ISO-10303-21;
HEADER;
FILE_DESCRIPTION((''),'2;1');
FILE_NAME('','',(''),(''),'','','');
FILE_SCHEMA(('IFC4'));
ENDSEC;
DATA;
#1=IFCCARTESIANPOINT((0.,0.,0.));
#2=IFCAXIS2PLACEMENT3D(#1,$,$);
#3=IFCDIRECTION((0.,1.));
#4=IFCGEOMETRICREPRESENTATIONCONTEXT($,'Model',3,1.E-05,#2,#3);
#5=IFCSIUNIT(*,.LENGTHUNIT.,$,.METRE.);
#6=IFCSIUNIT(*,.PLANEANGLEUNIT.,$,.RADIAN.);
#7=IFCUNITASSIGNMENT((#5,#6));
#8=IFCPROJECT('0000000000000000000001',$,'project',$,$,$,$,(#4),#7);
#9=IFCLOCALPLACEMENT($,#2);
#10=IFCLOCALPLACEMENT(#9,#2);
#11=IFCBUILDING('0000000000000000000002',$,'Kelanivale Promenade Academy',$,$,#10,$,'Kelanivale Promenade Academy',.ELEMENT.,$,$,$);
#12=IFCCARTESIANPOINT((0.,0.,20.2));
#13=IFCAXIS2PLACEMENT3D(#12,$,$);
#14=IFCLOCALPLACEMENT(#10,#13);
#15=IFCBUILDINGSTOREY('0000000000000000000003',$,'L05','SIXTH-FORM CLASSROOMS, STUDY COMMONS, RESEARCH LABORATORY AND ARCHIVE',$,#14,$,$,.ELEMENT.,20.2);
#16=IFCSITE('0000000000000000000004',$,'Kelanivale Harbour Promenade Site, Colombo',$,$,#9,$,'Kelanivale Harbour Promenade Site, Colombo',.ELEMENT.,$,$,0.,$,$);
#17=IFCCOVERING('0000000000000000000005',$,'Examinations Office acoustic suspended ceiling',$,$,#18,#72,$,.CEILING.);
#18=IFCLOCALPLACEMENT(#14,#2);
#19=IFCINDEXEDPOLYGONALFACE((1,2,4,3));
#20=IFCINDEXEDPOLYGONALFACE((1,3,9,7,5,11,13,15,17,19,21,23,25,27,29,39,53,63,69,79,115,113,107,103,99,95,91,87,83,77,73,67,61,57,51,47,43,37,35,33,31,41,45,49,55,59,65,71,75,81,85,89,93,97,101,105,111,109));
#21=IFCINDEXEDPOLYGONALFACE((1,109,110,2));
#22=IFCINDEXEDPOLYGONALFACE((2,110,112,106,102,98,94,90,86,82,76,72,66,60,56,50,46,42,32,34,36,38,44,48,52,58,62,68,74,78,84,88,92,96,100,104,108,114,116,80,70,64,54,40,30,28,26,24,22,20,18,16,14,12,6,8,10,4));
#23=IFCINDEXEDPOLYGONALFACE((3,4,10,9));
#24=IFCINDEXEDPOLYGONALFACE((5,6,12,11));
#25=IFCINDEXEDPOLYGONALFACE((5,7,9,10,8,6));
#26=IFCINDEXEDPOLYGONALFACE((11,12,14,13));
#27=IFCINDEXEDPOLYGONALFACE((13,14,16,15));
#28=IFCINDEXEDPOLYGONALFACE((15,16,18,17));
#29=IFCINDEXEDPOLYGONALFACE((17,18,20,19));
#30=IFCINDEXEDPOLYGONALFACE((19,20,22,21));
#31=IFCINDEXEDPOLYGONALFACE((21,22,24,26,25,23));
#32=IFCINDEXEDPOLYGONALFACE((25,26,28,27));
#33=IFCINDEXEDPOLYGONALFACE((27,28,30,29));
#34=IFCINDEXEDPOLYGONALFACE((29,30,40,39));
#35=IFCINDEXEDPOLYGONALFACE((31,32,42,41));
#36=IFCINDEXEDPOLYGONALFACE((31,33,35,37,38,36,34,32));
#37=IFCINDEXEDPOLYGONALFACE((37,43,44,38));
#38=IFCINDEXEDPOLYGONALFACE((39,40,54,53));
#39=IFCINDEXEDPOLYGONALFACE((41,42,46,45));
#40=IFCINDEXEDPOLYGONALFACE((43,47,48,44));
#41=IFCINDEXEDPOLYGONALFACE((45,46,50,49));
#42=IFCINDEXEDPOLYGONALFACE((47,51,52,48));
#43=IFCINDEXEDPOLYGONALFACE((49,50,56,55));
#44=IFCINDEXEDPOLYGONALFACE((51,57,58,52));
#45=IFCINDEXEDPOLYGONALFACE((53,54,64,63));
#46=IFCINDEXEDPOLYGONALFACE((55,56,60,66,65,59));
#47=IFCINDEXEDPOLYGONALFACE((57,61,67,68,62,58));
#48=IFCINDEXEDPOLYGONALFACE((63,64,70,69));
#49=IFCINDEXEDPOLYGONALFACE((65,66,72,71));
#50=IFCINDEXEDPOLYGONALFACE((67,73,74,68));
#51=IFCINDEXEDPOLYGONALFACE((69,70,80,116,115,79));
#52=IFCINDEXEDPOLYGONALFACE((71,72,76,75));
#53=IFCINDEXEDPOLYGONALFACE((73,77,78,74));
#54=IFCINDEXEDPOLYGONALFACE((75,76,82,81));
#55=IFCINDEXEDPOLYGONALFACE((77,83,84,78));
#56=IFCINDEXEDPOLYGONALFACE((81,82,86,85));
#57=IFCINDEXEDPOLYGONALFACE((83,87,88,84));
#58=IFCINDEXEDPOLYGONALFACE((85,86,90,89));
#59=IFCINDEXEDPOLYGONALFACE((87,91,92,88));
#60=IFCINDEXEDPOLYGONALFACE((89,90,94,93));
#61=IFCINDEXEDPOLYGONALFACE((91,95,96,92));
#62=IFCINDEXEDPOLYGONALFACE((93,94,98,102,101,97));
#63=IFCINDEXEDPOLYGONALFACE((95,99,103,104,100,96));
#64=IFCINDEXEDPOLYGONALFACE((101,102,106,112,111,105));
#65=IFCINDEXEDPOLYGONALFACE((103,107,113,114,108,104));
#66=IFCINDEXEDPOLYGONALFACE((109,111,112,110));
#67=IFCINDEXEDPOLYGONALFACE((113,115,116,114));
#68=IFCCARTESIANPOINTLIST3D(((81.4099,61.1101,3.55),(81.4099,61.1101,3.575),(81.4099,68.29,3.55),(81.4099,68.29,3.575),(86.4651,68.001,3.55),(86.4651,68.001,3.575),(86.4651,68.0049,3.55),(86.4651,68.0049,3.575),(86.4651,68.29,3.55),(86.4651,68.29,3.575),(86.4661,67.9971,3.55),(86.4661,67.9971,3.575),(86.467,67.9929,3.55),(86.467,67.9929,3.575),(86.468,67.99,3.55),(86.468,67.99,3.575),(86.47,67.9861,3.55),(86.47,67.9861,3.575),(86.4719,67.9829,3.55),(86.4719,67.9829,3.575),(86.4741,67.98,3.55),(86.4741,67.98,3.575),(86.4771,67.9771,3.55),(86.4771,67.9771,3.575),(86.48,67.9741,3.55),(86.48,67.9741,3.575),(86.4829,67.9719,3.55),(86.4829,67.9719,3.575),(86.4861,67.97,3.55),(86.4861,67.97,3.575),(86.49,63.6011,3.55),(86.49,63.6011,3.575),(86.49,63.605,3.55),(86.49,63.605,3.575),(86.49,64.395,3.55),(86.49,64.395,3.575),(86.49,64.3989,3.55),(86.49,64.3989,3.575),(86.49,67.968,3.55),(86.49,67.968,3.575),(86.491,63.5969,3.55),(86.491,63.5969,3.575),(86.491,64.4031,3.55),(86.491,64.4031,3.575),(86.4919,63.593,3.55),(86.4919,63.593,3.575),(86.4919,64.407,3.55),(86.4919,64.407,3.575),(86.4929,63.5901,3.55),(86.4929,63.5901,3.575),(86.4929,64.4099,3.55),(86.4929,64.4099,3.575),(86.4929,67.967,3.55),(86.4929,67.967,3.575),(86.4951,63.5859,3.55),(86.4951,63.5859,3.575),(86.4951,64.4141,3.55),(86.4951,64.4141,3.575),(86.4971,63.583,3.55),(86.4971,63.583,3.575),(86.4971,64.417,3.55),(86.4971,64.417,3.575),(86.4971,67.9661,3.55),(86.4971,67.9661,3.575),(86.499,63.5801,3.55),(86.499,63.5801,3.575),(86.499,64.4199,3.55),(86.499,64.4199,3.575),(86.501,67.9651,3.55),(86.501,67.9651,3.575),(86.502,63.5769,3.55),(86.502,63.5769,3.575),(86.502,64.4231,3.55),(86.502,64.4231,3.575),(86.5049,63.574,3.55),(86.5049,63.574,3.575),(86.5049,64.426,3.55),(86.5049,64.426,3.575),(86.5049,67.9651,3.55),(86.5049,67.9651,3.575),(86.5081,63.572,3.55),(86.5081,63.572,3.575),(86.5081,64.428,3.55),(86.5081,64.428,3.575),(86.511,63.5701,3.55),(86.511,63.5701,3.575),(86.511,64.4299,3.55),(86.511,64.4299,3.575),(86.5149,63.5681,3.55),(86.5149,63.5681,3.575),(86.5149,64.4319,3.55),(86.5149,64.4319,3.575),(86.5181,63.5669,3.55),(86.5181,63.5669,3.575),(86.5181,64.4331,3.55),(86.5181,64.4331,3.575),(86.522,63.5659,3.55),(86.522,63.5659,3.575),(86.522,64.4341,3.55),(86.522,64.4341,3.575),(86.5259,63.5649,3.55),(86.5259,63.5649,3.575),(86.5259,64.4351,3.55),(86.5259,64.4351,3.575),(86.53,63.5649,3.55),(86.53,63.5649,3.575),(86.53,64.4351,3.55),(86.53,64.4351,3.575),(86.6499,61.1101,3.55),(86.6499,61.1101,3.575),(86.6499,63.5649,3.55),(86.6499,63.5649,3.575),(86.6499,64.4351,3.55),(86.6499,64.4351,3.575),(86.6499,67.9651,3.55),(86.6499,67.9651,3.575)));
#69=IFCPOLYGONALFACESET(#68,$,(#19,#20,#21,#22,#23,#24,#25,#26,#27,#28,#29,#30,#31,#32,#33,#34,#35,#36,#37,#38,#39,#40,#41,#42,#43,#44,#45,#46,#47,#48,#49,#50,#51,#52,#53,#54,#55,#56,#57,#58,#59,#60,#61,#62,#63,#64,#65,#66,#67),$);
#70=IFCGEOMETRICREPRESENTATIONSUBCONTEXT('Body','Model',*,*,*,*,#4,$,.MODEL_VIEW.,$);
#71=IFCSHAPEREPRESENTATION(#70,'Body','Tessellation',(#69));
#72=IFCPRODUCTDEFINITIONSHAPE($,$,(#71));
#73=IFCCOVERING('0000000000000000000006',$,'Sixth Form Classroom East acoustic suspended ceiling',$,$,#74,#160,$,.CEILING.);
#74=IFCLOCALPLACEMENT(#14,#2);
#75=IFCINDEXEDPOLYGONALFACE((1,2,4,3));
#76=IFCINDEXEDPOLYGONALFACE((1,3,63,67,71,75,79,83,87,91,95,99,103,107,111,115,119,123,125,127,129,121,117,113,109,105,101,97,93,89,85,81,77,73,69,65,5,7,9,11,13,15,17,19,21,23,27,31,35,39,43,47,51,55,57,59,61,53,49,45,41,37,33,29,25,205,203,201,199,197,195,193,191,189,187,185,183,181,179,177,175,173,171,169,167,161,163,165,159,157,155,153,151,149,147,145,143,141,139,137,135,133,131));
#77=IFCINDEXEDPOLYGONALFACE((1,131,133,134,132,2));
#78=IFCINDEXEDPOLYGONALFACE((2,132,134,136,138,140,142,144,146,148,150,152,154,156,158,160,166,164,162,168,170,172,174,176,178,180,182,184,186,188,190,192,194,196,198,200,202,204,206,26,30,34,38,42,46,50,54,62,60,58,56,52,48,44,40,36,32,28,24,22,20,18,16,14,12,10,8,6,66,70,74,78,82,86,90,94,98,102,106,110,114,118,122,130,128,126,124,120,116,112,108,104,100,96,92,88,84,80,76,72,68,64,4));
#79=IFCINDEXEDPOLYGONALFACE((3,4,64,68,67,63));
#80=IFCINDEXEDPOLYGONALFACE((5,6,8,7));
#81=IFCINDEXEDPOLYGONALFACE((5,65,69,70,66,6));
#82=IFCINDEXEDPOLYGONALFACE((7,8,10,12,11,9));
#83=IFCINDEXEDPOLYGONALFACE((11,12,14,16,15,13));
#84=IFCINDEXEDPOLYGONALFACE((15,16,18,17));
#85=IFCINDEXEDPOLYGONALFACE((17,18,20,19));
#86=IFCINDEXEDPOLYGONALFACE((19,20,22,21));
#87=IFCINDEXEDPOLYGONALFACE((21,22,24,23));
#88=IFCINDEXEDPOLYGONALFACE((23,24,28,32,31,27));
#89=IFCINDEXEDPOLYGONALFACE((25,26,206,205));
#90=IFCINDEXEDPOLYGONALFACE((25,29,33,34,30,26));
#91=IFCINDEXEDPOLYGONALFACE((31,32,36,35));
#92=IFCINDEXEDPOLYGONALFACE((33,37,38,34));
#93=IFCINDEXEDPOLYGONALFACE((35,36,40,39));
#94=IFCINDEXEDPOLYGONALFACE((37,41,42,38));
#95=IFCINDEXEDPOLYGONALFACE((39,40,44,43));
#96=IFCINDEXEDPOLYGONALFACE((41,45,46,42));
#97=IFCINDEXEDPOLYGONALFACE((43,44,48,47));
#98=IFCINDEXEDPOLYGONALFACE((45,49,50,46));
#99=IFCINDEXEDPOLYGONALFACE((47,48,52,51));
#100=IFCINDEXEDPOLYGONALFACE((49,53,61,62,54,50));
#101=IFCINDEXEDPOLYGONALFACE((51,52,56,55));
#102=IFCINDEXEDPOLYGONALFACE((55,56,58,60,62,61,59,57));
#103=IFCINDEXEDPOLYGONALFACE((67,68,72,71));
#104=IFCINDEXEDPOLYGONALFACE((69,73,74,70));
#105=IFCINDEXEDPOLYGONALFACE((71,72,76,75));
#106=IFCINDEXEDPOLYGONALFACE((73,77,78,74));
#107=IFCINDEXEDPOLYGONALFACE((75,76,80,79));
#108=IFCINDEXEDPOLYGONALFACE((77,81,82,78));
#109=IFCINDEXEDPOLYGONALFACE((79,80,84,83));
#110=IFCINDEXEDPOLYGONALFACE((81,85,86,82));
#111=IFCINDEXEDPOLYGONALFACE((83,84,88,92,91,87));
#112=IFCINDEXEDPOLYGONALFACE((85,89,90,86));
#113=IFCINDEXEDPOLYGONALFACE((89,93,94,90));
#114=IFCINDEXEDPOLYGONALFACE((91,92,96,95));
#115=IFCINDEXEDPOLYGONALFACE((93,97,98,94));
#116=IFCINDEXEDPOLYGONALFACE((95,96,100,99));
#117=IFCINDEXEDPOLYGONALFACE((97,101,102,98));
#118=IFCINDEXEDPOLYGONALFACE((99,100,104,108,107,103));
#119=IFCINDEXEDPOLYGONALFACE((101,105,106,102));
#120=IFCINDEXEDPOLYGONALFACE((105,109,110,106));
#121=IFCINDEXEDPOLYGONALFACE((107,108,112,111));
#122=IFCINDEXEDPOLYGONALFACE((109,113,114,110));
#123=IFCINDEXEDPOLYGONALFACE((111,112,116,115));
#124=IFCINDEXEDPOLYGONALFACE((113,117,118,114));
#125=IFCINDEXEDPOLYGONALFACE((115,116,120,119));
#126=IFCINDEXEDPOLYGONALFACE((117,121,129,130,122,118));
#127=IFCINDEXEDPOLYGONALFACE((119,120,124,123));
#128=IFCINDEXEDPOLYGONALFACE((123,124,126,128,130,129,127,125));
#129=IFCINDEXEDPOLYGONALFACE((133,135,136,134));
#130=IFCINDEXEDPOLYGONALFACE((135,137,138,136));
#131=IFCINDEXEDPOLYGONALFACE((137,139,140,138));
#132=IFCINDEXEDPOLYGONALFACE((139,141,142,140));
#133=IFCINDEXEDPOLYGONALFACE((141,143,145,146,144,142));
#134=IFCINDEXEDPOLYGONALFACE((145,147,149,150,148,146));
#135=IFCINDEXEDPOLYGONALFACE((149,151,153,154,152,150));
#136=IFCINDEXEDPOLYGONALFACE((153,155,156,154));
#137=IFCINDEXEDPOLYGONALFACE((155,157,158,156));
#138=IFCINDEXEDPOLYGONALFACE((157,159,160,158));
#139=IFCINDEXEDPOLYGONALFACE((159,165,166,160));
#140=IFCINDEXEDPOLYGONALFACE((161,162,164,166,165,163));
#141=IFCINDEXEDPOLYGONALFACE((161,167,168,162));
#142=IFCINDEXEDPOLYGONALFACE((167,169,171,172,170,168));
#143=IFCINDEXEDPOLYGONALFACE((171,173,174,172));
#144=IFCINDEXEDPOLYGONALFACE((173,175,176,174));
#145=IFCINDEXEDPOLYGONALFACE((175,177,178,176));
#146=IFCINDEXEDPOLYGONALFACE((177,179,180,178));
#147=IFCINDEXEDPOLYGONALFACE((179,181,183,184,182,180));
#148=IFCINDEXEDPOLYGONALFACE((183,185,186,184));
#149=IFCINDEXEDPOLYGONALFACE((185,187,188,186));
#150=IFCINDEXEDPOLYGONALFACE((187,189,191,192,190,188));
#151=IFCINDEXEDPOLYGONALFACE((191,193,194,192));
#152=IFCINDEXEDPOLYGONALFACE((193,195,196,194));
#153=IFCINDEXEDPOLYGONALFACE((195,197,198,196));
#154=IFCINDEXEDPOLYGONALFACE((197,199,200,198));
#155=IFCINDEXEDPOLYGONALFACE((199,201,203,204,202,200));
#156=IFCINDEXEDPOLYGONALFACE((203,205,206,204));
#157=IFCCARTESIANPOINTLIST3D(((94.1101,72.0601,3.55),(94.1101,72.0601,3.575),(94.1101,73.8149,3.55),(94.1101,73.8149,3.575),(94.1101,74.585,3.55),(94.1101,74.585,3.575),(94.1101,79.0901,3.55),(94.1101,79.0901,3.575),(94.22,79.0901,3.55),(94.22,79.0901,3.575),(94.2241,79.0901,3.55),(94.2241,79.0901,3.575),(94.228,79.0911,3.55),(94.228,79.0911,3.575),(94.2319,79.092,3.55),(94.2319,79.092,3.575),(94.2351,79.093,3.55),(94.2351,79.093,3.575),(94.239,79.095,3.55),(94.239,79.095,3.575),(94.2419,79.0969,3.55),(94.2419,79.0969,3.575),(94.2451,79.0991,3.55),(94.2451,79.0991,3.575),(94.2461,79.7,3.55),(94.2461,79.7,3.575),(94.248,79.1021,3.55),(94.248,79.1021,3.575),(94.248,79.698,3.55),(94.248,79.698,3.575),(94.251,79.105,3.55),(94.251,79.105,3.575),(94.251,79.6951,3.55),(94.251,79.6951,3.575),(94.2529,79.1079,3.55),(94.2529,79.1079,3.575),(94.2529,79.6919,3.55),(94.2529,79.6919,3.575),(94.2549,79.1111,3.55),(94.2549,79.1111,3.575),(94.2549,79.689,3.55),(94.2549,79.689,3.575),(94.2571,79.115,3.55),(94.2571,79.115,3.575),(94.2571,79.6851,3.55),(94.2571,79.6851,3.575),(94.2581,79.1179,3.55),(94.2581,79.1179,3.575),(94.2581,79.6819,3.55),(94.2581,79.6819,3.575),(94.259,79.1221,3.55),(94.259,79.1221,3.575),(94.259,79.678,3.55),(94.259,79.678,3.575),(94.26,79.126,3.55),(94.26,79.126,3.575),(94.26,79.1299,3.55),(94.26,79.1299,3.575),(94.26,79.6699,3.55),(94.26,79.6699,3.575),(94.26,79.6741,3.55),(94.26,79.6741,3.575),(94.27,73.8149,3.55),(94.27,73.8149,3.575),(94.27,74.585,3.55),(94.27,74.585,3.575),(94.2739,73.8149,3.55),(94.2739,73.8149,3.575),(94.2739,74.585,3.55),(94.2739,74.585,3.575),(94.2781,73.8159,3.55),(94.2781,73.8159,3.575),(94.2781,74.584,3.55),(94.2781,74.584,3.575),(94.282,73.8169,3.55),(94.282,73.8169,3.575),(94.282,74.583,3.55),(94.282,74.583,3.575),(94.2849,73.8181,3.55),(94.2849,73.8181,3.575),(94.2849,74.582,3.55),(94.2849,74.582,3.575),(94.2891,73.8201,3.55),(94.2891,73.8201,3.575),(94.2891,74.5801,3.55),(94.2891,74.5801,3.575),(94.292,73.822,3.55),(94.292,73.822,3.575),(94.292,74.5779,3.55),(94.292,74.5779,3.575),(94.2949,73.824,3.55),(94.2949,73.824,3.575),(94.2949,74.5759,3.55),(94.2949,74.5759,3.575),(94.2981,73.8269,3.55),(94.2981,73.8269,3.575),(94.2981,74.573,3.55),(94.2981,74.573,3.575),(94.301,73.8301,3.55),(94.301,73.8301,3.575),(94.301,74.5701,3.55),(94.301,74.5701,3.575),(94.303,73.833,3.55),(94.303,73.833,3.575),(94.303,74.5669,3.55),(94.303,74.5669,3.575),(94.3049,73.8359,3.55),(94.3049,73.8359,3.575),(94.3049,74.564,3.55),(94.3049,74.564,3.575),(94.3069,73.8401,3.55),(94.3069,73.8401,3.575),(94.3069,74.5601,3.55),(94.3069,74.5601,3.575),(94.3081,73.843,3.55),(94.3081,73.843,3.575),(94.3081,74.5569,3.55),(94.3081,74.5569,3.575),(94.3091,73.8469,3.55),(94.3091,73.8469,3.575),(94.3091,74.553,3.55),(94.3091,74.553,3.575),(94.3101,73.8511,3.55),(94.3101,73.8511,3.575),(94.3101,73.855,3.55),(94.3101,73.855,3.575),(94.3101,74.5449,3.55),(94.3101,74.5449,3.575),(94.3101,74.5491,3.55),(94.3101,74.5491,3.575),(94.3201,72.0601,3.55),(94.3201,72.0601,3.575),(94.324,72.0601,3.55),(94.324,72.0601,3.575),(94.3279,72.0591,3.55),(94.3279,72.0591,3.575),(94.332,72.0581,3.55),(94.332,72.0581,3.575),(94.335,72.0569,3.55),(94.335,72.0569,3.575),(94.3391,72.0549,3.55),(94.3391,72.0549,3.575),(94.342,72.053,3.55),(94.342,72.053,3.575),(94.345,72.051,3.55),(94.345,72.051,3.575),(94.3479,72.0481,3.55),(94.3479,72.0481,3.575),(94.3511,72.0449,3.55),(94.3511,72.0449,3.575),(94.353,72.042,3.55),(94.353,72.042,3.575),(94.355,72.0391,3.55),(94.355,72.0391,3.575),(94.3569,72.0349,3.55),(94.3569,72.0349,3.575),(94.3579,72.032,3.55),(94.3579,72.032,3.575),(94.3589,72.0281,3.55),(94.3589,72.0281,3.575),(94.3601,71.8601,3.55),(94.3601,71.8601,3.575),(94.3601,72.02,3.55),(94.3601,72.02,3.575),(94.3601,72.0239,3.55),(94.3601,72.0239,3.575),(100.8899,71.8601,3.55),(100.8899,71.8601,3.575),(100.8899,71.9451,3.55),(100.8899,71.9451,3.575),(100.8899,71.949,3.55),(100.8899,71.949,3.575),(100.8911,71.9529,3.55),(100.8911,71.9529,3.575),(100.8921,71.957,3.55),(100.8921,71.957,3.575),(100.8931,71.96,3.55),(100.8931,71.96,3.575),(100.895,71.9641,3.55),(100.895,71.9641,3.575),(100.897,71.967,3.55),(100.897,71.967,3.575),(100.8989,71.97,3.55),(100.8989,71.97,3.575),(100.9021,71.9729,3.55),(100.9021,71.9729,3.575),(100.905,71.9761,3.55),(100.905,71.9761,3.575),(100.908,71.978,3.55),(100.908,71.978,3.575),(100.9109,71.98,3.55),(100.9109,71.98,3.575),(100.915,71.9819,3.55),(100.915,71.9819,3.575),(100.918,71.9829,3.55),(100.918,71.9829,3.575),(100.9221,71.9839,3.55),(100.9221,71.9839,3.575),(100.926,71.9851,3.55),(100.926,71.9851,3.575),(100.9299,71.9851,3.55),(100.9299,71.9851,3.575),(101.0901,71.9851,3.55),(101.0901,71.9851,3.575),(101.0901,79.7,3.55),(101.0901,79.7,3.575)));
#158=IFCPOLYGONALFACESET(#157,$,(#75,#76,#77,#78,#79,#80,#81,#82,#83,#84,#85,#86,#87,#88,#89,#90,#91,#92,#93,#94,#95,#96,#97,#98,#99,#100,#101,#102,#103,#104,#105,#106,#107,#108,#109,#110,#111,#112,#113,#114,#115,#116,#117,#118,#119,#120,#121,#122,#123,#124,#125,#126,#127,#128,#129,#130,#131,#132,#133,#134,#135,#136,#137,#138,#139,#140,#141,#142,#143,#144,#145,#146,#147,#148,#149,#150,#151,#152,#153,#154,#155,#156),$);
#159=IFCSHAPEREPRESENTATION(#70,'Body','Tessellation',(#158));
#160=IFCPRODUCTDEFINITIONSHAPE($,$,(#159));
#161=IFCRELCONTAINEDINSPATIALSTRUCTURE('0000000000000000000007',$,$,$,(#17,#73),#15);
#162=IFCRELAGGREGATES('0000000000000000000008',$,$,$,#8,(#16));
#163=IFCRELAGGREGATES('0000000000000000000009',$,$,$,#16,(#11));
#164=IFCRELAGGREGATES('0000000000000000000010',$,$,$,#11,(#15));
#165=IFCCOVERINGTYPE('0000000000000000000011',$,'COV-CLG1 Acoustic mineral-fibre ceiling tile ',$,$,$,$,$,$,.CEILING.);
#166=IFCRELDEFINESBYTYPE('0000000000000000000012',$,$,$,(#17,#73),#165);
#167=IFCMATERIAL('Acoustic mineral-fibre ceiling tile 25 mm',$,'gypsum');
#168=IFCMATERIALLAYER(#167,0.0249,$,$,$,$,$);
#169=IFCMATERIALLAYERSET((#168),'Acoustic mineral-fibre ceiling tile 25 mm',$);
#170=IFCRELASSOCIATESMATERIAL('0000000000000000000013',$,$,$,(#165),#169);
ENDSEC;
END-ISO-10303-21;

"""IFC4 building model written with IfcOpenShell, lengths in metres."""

from ifc_helpers import new_model, si_unit, direction, frame, origin, place, context, subcontext, project, spatial, polyline, outline, extrude, material, layer, layer_set, type_object, element, save


model = new_model("IFC4")

# Units and contexts
model_context = context("Model", 3, precision=1e-05, world=origin(), true_north=direction((0.0, 1.0)))
body_context = subcontext(model_context, "Body", "Model", "MODEL_VIEW")
ifc_project = project(units=[si_unit("LENGTHUNIT", "METRE"), si_unit("PLANEANGLEUNIT", "RADIAN")], contexts=[model_context])

# Site, building, storey
site_placement = place(None, origin())
site = spatial("IfcSite", under=ifc_project, at=site_placement, Name="Kelanivale Harbour Promenade Site, Colombo", LongName="Kelanivale Harbour Promenade Site, Colombo", CompositionType="ELEMENT", RefElevation=0.0)
building_placement = place(site_placement, origin())
building = spatial("IfcBuilding", under=site, at=building_placement, Name="Kelanivale Promenade Academy", LongName="Kelanivale Promenade Academy", CompositionType="ELEMENT")
storey_placement = place(building_placement, frame((0.0, 0.0, 20.2)))
storey = spatial("IfcBuildingStorey", under=building, at=storey_placement, Name="L05", Description="SIXTH-FORM CLASSROOMS, STUDY COMMONS, RESEARCH LABORATORY AND ARCHIVE", CompositionType="ELEMENT", Elevation=20.2)

# Coverings
ifc_material_1 = material(Name="Acoustic mineral-fibre ceiling tile 25 mm", Category="gypsum")
ifc_layer_1 = layer(ifc_material_1, 0.0249)
ifc_layer_set_1 = layer_set([ifc_layer_1], Name="Acoustic mineral-fibre ceiling tile 25 mm")
covering_type_1 = type_object("IfcCoveringType", Name="COV-CLG1 Acoustic mineral-fibre ceiling tile ", PredefinedType="CEILING", material=ifc_layer_set_1)
covering_1_placement = place(storey_placement, frame((0.0, 0.0, 3.55)))
element("IfcCovering", 1, at=covering_1_placement, inside=storey, type_object=covering_type_1, Name="Examinations Office acoustic suspended ceiling", PredefinedType="CEILING", context=body_context, shape_type="SweptSolid", body=[
    extrude(outline(polyline([(81.4099, 61.1101), (86.6499, 61.1101), (86.6499, 63.5649), (86.53, 63.5649), (86.5259, 63.5649), (86.522, 63.5659), (86.5181, 63.5669), (86.5149, 63.5681), (86.511, 63.5701), (86.5081, 63.572), (86.5049, 63.574), (86.502, 63.5769), (86.499, 63.5801), (86.4971, 63.583), (86.4951, 63.5859), (86.4929, 63.5901), (86.4919, 63.593), (86.491, 63.5969), (86.49, 63.6011), (86.49, 63.605), (86.49, 64.395), (86.49, 64.3989), (86.491, 64.4031), (86.4919, 64.407), (86.4929, 64.4099), (86.4951, 64.4141), (86.4971, 64.417), (86.499, 64.4199), (86.502, 64.4231), (86.5049, 64.426), (86.5081, 64.428), (86.511, 64.4299), (86.5149, 64.4319), (86.5181, 64.4331), (86.522, 64.4341), (86.5259, 64.4351), (86.53, 64.4351), (86.6499, 64.4351), (86.6499, 67.9651), (86.5049, 67.9651), (86.501, 67.9651), (86.4971, 67.9661), (86.4929, 67.967), (86.49, 67.968), (86.4861, 67.97), (86.4829, 67.9719), (86.48, 67.9741), (86.4771, 67.9771), (86.4741, 67.98), (86.4719, 67.9829), (86.47, 67.9861), (86.468, 67.99), (86.467, 67.9929), (86.4661, 67.9971), (86.4651, 68.001), (86.4651, 68.0049), (86.4651, 68.29), (81.4099, 68.29), (81.4099, 61.1101)])), origin(), (0.0, 0.0, 1.0), 0.0249),
])
covering_2_placement = place(storey_placement, frame((0.0, 0.0, 3.55)))
element("IfcCovering", 2, at=covering_2_placement, inside=storey, type_object=covering_type_1, Name="Sixth Form Classroom East acoustic suspended ceiling", PredefinedType="CEILING", context=body_context, shape_type="SweptSolid", body=[
    extrude(outline(polyline([(100.8899, 71.8601), (100.8899, 71.9451), (100.8899, 71.949), (100.8911, 71.9529), (100.8921, 71.957), (100.8931, 71.96), (100.895, 71.9641), (100.897, 71.967), (100.8989, 71.97), (100.9021, 71.9729), (100.905, 71.9761), (100.908, 71.978), (100.9109, 71.98), (100.915, 71.9819), (100.918, 71.9829), (100.9221, 71.9839), (100.926, 71.9851), (100.9299, 71.9851), (101.0901, 71.9851), (101.0901, 79.7), (94.2461, 79.7), (94.248, 79.698), (94.251, 79.6951), (94.2529, 79.6919), (94.2549, 79.689), (94.2571, 79.6851), (94.2581, 79.6819), (94.259, 79.678), (94.26, 79.6741), (94.26, 79.6699), (94.26, 79.1299), (94.26, 79.126), (94.259, 79.1221), (94.2581, 79.1179), (94.2571, 79.115), (94.2549, 79.1111), (94.2529, 79.1079), (94.251, 79.105), (94.248, 79.1021), (94.2451, 79.0991), (94.2419, 79.0969), (94.239, 79.095), (94.2351, 79.093), (94.2319, 79.092), (94.228, 79.0911), (94.2241, 79.0901), (94.22, 79.0901), (94.1101, 79.0901), (94.1101, 74.585), (94.27, 74.585), (94.2739, 74.585), (94.2781, 74.584), (94.282, 74.583), (94.2849, 74.582), (94.2891, 74.5801), (94.292, 74.5779), (94.2949, 74.5759), (94.2981, 74.573), (94.301, 74.5701), (94.303, 74.5669), (94.3049, 74.564), (94.3069, 74.5601), (94.3081, 74.5569), (94.3091, 74.553), (94.3101, 74.5491), (94.3101, 74.5449), (94.3101, 73.855), (94.3101, 73.8511), (94.3091, 73.8469), (94.3081, 73.843), (94.3069, 73.8401), (94.3049, 73.8359), (94.303, 73.833), (94.301, 73.8301), (94.2981, 73.8269), (94.2949, 73.824), (94.292, 73.822), (94.2891, 73.8201), (94.2849, 73.8181), (94.282, 73.8169), (94.2781, 73.8159), (94.2739, 73.8149), (94.27, 73.8149), (94.1101, 73.8149), (94.1101, 72.0601), (94.3201, 72.0601), (94.324, 72.0601), (94.3279, 72.0591), (94.332, 72.0581), (94.335, 72.0569), (94.3391, 72.0549), (94.342, 72.053), (94.345, 72.051), (94.3479, 72.0481), (94.3511, 72.0449), (94.353, 72.042), (94.355, 72.0391), (94.3569, 72.0349), (94.3579, 72.032), (94.3589, 72.0281), (94.3601, 72.0239), (94.3601, 72.02), (94.3601, 71.8601), (100.8899, 71.8601)])), origin(), (0.0, 0.0, 1.0), 0.0249),
])

save(model, "model.ifc")
